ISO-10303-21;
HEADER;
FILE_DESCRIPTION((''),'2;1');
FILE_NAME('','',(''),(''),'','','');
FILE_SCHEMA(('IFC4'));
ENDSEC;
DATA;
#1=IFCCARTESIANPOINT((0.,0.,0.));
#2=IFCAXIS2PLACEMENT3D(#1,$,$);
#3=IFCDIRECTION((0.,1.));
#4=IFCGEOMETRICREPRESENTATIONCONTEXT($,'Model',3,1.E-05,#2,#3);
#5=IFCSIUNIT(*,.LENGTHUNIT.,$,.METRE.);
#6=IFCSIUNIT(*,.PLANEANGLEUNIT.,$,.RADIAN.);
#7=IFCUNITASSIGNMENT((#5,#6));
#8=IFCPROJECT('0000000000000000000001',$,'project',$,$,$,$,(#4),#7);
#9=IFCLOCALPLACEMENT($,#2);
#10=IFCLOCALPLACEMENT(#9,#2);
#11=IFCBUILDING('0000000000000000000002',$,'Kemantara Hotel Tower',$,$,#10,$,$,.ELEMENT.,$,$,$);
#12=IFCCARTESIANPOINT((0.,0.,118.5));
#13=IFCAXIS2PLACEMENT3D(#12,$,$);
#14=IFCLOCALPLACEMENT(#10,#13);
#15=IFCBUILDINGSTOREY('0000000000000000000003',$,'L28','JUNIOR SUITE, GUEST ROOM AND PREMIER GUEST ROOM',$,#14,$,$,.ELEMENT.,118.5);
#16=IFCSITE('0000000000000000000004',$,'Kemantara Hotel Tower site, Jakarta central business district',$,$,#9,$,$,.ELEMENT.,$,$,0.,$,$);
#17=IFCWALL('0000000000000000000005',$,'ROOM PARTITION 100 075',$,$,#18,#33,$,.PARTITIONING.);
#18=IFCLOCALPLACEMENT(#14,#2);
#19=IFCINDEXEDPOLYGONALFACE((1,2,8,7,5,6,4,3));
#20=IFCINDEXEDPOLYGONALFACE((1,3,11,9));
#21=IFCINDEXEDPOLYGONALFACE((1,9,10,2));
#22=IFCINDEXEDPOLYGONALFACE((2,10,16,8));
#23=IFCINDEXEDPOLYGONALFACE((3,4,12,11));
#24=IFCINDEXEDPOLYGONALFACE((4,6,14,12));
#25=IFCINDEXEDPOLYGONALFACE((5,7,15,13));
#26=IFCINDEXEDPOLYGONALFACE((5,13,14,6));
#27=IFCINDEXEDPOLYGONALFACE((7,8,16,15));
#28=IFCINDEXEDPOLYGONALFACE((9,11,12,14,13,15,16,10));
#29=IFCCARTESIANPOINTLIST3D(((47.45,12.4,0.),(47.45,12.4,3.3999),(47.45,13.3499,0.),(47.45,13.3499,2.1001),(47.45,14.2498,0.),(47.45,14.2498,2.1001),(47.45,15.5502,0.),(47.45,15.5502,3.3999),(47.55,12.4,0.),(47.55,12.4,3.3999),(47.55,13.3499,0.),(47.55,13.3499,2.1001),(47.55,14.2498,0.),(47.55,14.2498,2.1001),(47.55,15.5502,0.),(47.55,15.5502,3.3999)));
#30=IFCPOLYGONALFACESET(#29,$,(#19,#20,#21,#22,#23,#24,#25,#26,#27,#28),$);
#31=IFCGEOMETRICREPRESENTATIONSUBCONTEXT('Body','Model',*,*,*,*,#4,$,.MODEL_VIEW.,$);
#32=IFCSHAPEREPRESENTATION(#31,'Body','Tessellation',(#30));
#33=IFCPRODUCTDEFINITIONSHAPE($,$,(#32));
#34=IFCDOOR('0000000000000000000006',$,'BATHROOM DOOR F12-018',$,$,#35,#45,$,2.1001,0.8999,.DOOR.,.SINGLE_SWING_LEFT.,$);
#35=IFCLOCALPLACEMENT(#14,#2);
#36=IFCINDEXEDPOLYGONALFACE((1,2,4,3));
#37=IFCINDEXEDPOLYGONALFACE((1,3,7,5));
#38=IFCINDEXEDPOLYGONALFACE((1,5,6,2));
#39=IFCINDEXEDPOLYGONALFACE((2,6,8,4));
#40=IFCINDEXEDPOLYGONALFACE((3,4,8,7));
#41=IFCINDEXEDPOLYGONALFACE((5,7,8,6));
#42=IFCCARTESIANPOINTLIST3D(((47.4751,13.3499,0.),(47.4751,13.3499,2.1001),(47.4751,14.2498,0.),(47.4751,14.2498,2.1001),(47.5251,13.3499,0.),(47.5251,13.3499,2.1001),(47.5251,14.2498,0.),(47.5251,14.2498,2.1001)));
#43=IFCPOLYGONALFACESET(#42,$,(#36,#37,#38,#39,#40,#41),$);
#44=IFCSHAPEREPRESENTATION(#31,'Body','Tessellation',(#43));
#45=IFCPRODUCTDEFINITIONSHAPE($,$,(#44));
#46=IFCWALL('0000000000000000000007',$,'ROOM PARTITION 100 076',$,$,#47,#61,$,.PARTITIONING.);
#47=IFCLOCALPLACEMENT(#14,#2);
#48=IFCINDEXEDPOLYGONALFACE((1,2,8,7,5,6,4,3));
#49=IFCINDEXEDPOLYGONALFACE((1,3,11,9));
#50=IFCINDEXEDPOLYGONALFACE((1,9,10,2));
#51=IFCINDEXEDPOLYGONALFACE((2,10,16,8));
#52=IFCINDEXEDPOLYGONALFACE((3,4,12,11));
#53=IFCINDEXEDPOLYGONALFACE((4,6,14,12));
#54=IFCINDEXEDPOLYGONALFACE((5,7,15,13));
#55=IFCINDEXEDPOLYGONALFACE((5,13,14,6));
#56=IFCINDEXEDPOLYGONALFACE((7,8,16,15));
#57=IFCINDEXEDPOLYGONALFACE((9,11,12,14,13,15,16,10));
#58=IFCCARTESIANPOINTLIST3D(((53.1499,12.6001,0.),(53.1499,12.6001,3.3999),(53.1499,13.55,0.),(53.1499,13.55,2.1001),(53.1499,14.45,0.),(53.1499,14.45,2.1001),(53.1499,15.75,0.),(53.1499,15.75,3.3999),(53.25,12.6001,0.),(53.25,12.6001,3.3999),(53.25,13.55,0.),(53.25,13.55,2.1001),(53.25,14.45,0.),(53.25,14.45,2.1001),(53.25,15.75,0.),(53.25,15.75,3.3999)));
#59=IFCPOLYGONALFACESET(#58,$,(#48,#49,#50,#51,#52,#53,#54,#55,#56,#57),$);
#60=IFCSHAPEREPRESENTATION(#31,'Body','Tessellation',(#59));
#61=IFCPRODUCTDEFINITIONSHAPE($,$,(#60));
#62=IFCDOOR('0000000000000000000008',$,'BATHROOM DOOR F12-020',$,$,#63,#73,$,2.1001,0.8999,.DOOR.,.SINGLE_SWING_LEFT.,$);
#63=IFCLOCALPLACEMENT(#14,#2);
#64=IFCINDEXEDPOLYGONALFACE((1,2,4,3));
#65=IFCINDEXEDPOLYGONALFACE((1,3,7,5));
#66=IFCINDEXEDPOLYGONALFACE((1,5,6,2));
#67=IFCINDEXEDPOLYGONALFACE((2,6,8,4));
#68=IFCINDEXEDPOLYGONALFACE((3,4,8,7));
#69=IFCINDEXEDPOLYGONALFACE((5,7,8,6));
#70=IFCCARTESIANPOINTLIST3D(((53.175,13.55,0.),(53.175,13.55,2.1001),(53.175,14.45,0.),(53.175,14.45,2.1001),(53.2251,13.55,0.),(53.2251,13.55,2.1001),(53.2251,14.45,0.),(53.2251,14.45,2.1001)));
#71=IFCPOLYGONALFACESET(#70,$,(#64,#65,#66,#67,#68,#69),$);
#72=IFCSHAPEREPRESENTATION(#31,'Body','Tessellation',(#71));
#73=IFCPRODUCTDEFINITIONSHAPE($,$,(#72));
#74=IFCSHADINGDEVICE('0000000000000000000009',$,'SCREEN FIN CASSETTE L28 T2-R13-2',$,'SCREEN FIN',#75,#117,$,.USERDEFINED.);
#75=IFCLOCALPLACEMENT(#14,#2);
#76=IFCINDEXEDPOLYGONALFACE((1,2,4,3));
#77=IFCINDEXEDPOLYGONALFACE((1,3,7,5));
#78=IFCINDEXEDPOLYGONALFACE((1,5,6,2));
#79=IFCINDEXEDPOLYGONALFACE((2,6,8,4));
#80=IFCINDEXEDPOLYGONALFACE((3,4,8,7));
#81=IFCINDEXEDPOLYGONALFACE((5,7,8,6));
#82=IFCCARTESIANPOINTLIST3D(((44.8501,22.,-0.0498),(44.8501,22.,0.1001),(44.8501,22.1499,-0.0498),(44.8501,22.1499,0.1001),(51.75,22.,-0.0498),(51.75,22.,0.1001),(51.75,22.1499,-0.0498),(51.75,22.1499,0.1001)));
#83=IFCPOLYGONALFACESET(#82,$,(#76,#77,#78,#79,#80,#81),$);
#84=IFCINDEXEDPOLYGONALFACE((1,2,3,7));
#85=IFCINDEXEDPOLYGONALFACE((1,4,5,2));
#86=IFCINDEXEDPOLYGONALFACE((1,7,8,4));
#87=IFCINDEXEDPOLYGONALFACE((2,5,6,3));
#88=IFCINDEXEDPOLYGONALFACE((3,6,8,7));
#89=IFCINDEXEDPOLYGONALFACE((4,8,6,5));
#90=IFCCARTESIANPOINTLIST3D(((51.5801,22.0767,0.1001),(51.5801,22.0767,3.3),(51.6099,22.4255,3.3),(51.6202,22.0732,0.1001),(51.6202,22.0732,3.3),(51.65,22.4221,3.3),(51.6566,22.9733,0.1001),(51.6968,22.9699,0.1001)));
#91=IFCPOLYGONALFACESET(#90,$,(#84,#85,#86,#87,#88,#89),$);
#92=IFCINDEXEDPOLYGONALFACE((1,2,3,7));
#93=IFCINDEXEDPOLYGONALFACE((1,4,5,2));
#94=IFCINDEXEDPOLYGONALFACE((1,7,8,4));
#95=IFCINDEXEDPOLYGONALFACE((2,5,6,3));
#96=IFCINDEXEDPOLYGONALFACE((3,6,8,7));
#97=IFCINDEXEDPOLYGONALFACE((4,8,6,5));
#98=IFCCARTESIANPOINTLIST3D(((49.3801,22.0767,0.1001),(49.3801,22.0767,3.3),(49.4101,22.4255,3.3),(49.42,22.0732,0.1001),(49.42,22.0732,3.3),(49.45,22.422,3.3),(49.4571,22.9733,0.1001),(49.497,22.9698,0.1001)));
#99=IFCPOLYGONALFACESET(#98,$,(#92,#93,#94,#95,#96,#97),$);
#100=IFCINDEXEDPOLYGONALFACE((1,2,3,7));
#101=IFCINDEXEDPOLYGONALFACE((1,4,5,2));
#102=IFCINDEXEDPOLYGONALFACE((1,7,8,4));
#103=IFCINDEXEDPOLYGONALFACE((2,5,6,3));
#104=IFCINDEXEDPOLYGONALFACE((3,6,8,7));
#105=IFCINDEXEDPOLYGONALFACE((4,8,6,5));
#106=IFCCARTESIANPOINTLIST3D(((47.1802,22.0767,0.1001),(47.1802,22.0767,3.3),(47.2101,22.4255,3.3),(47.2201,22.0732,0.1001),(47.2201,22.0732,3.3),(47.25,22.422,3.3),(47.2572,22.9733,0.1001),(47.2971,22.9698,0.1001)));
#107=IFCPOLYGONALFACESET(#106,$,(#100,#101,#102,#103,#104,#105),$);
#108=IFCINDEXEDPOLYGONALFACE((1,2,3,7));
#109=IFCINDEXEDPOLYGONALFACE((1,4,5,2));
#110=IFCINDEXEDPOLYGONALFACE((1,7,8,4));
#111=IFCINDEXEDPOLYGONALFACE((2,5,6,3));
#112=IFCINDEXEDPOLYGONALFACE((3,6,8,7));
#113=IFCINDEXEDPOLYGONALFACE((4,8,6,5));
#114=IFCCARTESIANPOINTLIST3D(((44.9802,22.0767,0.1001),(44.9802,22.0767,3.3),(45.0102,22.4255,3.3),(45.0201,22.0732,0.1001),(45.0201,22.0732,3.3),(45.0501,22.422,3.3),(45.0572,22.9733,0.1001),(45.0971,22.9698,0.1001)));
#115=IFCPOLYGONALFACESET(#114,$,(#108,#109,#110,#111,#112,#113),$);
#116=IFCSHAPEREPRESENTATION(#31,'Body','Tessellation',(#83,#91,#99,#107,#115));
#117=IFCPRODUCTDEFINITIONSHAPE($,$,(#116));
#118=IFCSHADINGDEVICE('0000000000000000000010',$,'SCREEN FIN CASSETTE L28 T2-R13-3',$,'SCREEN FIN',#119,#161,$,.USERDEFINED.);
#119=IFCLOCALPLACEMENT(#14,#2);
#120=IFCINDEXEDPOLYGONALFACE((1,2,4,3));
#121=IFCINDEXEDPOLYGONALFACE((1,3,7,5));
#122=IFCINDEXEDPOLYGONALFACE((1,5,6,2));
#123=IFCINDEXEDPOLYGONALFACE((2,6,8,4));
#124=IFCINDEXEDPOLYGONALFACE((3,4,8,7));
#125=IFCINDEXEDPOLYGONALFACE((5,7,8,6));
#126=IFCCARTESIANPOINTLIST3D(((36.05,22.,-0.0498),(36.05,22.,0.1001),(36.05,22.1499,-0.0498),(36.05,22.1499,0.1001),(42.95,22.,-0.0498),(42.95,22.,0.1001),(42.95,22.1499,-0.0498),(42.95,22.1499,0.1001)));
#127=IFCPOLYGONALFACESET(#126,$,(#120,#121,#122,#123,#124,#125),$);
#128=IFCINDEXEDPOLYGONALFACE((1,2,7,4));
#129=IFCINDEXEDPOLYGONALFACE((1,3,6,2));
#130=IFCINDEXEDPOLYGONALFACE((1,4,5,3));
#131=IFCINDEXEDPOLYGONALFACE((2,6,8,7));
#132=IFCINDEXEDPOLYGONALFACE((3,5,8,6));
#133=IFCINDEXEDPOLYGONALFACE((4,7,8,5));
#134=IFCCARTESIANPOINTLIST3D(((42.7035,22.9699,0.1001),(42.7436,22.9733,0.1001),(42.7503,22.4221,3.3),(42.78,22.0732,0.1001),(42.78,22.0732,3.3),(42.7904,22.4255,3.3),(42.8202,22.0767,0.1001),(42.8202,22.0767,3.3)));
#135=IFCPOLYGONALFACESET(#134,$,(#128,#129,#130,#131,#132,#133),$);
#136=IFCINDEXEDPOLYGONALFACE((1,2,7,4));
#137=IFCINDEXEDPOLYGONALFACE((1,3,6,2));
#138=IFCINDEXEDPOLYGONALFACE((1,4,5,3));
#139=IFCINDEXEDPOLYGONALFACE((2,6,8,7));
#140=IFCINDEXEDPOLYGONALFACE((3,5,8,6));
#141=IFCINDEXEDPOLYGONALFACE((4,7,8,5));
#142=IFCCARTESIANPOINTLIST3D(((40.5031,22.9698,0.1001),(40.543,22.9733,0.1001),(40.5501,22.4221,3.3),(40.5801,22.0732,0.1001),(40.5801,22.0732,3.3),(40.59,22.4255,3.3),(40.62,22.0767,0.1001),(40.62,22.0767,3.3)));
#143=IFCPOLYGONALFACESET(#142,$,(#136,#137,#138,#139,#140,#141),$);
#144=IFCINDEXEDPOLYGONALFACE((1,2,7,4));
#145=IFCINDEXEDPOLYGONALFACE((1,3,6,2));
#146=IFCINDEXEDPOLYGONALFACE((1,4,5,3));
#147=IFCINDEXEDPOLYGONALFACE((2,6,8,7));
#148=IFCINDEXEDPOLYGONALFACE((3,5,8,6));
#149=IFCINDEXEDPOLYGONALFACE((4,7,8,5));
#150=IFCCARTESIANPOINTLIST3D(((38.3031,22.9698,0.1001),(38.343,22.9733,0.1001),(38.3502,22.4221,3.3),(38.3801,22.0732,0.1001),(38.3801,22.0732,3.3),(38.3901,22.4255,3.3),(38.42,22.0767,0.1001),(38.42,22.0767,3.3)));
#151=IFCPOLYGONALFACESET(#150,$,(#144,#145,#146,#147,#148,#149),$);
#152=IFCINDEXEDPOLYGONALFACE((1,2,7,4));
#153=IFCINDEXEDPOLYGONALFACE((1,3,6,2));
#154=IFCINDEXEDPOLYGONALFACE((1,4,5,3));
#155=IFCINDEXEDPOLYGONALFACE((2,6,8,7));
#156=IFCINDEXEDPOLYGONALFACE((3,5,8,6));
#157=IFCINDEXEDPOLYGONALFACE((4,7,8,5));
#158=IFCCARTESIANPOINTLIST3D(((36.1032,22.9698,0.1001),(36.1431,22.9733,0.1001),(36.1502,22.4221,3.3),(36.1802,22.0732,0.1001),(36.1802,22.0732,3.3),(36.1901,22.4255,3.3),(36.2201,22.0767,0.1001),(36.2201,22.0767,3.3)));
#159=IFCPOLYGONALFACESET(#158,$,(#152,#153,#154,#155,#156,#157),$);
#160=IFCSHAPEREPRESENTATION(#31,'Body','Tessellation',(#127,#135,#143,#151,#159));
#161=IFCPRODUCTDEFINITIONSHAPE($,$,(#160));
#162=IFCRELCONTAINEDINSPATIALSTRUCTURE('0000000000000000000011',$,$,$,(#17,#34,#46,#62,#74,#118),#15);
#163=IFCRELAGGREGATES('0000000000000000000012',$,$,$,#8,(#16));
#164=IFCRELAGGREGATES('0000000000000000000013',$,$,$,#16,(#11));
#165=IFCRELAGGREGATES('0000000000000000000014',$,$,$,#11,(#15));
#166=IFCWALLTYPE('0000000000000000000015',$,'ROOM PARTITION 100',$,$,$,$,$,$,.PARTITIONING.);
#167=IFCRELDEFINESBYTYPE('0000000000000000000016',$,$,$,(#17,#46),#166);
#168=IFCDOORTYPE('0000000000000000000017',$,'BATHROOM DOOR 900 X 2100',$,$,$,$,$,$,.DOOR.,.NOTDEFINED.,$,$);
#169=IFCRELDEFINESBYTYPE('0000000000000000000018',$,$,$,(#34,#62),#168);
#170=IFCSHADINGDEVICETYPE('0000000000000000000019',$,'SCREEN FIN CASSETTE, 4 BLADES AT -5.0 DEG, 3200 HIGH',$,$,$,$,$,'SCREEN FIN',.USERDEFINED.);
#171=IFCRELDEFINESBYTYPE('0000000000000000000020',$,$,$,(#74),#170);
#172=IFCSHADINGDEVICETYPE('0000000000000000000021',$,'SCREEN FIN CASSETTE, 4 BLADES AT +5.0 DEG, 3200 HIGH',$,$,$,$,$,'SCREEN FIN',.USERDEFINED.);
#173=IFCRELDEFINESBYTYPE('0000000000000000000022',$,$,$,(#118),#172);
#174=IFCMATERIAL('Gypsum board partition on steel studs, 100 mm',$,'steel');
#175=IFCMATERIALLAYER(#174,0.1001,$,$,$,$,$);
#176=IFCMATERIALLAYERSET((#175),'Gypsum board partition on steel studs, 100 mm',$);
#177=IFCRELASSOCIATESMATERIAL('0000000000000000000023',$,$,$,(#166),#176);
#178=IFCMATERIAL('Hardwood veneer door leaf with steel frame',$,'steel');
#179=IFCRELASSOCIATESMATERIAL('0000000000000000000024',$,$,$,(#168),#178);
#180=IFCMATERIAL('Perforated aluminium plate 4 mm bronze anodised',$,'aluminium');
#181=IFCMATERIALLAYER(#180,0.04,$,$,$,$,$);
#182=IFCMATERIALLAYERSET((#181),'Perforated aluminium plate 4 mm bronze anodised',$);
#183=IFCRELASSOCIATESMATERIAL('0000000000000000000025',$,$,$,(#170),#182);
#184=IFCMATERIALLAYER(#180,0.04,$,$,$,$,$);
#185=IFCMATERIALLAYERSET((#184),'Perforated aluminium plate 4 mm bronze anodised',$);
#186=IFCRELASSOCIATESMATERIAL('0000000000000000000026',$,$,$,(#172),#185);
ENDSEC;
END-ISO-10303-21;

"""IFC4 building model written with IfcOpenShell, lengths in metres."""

from ifc_helpers import new_model, si_unit, direction, frame, frame_2d, origin, origin_2d, place, context, subcontext, project, spatial, polyline, rectangle, outline, extrude, source, transform, mapped, material, layer, layer_set, type_object, element, fill, save


model = new_model("IFC4")

# Units and contexts
model_context = context("Model", 3, precision=1e-05, world=origin(), true_north=direction((0.0, 1.0)))
body_context = subcontext(model_context, "Body", "Model", "MODEL_VIEW")
ifc_project = project(units=[si_unit("LENGTHUNIT", "METRE"), si_unit("PLANEANGLEUNIT", "RADIAN")], contexts=[model_context])

# Site, building, storey
site_placement = place(None, origin())
site = spatial("IfcSite", under=ifc_project, at=site_placement, Name="Kemantara Hotel Tower site, Jakarta central business district", CompositionType="ELEMENT", RefElevation=0.0)
building_placement = place(site_placement, origin())
building = spatial("IfcBuilding", under=site, at=building_placement, Name="Kemantara Hotel Tower", CompositionType="ELEMENT")
storey_placement = place(building_placement, frame((0.0, 0.0, 118.5)))
storey = spatial("IfcBuildingStorey", under=building, at=storey_placement, Name="L28", Description="JUNIOR SUITE, GUEST ROOM AND PREMIER GUEST ROOM", CompositionType="ELEMENT", Elevation=118.5)

# Shared definitions
ifc_material_1 = material(Name="Hardwood veneer door leaf with steel frame", Category="steel")

# Shared definitions
ifc_material_2 = material(Name="Gypsum board partition on steel studs, 100 mm", Category="steel")
ifc_layer_1 = layer(ifc_material_2, 0.1001)
ifc_layer_set_1 = layer_set([ifc_layer_1], Name="Gypsum board partition on steel studs, 100 mm")
wall_type_1 = type_object("IfcWallType", Name="ROOM PARTITION 100", PredefinedType="PARTITIONING", material=ifc_layer_set_1)

# Walls, openings, doors
door_type_1 = type_object("IfcDoorType", Name="BATHROOM DOOR 900 X 2100", OperationType="NOTDEFINED", PredefinedType="DOOR", material=ifc_material_1)
wall_1_placement = place(storey_placement, frame((47.5, 12.3999, 0.0), z_axis=(0.0, 0.0, 1.0), x_axis=(0.0, 1.0, 0.0)))
wall_1 = element("IfcWall", 1, at=wall_1_placement, inside=storey, type_object=wall_type_1, Name="ROOM PARTITION 100 075", PredefinedType="PARTITIONING", context=body_context, shape_type="SweptSolid", body=[
    extrude(rectangle(XDim=3.1501, YDim=0.1001, at=frame_2d((1.5752, 0.0))), origin(), (0.0, 0.0, 1.0), 3.3999),
])
opening_1_placement = place(wall_1_placement, frame((0.95, 0.0, 0.0)))
opening_1 = element("IfcOpeningElement", 2, at=opening_1_placement, cuts=wall_1, PredefinedType="OPENING", context=body_context, shape_type="SweptSolid", body=[
    extrude(rectangle(XDim=0.8999, YDim=2.1001, at=frame_2d((0.45, 1.05))), frame((0.0, 0.0601, 0.0), z_axis=(0.0, -1.0, 0.0), x_axis=(1.0, 0.0, 0.0)), (0.0, 0.0, 1.0), 0.1201),
])
door_1_placement = place(opening_1_placement, origin())
door_1 = element("IfcDoor", 3, at=door_1_placement, inside=storey, type_object=door_type_1, Name="BATHROOM DOOR F12-018", OperationType="SINGLE_SWING_LEFT", OverallHeight=2.1001, OverallWidth=0.8999, PredefinedType="DOOR", context=body_context, shape_type="SweptSolid", body=[
    extrude(rectangle(XDim=0.8999, YDim=2.1001, at=frame_2d((0.45, 1.05))), frame((0.0, 0.0249, 0.0), z_axis=(0.0, -1.0, 0.0), x_axis=(1.0, 0.0, 0.0)), (0.0, 0.0, 1.0), 0.05),
])
fill(opening_1, door_1)
wall_2_placement = place(storey_placement, frame((53.2, 12.6001, 0.0), z_axis=(0.0, 0.0, 1.0), x_axis=(0.0, 1.0, 0.0)))
wall_2 = element("IfcWall", 4, at=wall_2_placement, inside=storey, type_object=wall_type_1, Name="ROOM PARTITION 100 076", PredefinedType="PARTITIONING", context=body_context, shape_type="SweptSolid", body=[
    extrude(rectangle(XDim=3.1499, YDim=0.1001, at=frame_2d((1.575, 0.0))), origin(), (0.0, 0.0, 1.0), 3.3999),
])
opening_2_placement = place(wall_2_placement, frame((0.95, 0.0, 0.0)))
opening_2 = element("IfcOpeningElement", 5, at=opening_2_placement, cuts=wall_2, PredefinedType="OPENING", context=body_context, shape_type="SweptSolid", body=[
    extrude(rectangle(XDim=0.8999, YDim=2.1001, at=frame_2d((0.45, 1.05))), frame((0.0, 0.0601, 0.0), z_axis=(0.0, -1.0, 0.0), x_axis=(1.0, 0.0, 0.0)), (0.0, 0.0, 1.0), 0.1201),
])
door_2_placement = place(opening_2_placement, origin())
door_2 = element("IfcDoor", 6, at=door_2_placement, inside=storey, type_object=door_type_1, Name="BATHROOM DOOR F12-020", OperationType="SINGLE_SWING_LEFT", OverallHeight=2.1001, OverallWidth=0.8999, PredefinedType="DOOR", context=body_context, shape_type="SweptSolid", body=[
    extrude(rectangle(XDim=0.8999, YDim=2.1001, at=frame_2d((0.45, 1.05))), frame((0.0, 0.0249, 0.0), z_axis=(0.0, -1.0, 0.0), x_axis=(1.0, 0.0, 0.0)), (0.0, 0.0, 1.0), 0.05),
])
fill(opening_2, door_2)

# Shading devices
ifc_material_3 = material(Name="Perforated aluminium plate 4 mm bronze anodised", Category="aluminium")
ifc_layer_2 = layer(ifc_material_3, 0.04)
ifc_layer_set_2 = layer_set([ifc_layer_2], Name="Perforated aluminium plate 4 mm bronze anodised")
shading_device_type_1 = type_object("IfcShadingDeviceType", Name="SCREEN FIN CASSETTE, 4 BLADES AT -5.0 DEG, 3200 HIGH", ElementType="SCREEN FIN", PredefinedType="USERDEFINED", material=ifc_layer_set_2)
shared_shape_1 = source(origin(), body_context, "Body", "SweptSolid", [
    extrude(rectangle(XDim=6.8999, YDim=0.1499, at=origin_2d()), frame((3.3, -0.075, -0.1499), z_axis=(0.0, 0.0, 1.0), x_axis=(1.0, 0.0, 0.0)), (0.0, 0.0, 1.0), 0.1499),
    extrude(outline(polyline([(0.0, 0.0), (0.8999, 0.0), (0.3501, 3.2), (0.0, 3.2), (0.0, 0.0)])), frame((0.02, -0.0767, 0.0), z_axis=(-0.996376, 0.085056, 0.0), x_axis=(-0.085056, -0.996376, 0.0)), (0.0, 0.0, 1.0), 0.0403),
    extrude(outline(polyline([(0.0, 0.0), (0.8999, 0.0), (0.3501, 3.2), (0.0, 3.2), (0.0, 0.0)])), frame((2.22, -0.0767, 0.0), z_axis=(-0.996332, 0.085575, 0.0), x_axis=(-0.085575, -0.996332, 0.0)), (0.0, 0.0, 1.0), 0.04),
    extrude(outline(polyline([(0.0, 0.0), (0.8999, 0.0), (0.3501, 3.2), (0.0, 3.2), (0.0, 0.0)])), frame((4.4199, -0.0767, 0.0), z_axis=(-0.996332, 0.085575, 0.0), x_axis=(-0.085575, -0.996332, 0.0)), (0.0, 0.0, 1.0), 0.04),
    extrude(outline(polyline([(0.0, 0.0), (0.8999, 0.0), (0.3501, 3.2), (0.0, 3.2), (0.0, 0.0)])), frame((6.6199, -0.0767, 0.0), z_axis=(-0.996332, 0.085575, 0.0), x_axis=(-0.085575, -0.996332, 0.0)), (0.0, 0.0, 1.0), 0.04),
])
shading_device_1_placement = place(storey_placement, frame((51.6001, 22.0, 0.1001), z_axis=(0.0, 0.0, 1.0), x_axis=(-1.0, 0.0, 0.0)))
element("IfcShadingDevice", 7, at=shading_device_1_placement, inside=storey, type_object=shading_device_type_1, Name="SCREEN FIN CASSETTE L28 T2-R13-2", ObjectType="SCREEN FIN", PredefinedType="USERDEFINED", context=body_context, shape_type="MappedRepresentation", body=[
    mapped(shared_shape_1, transform((0.0, 0.0, 0.0))),
])
ifc_layer_3 = layer(ifc_material_3, 0.04)
ifc_layer_set_3 = layer_set([ifc_layer_3], Name="Perforated aluminium plate 4 mm bronze anodised")
shading_device_type_2 = type_object("IfcShadingDeviceType", Name="SCREEN FIN CASSETTE, 4 BLADES AT +5.0 DEG, 3200 HIGH", ElementType="SCREEN FIN", PredefinedType="USERDEFINED", material=ifc_layer_set_3)
shared_shape_2 = source(origin(), body_context, "Body", "SweptSolid", [
    extrude(rectangle(XDim=6.8999, YDim=0.1499, at=origin_2d()), frame((3.3, -0.075, -0.1499), z_axis=(0.0, 0.0, 1.0), x_axis=(1.0, 0.0, 0.0)), (0.0, 0.0, 1.0), 0.1499),
    extrude(outline(polyline([(0.0, 0.0), (0.8999, 0.0), (0.3501, 3.2), (0.0, 3.2), (0.0, 0.0)])), frame((0.02, -0.0732, 0.0), z_axis=(-0.996376, -0.085056, 0.0), x_axis=(0.085056, -0.996376, 0.0)), (0.0, 0.0, 1.0), 0.0403),
    extrude(outline(polyline([(0.0, 0.0), (0.8999, 0.0), (0.3501, 3.2), (0.0, 3.2), (0.0, 0.0)])), frame((2.22, -0.0732, 0.0), z_axis=(-0.996332, -0.085575, 0.0), x_axis=(0.085575, -0.996332, 0.0)), (0.0, 0.0, 1.0), 0.04),
    extrude(outline(polyline([(0.0, 0.0), (0.8999, 0.0), (0.3501, 3.2), (0.0, 3.2), (0.0, 0.0)])), frame((4.4199, -0.0732, 0.0), z_axis=(-0.996332, -0.085575, 0.0), x_axis=(0.085575, -0.996332, 0.0)), (0.0, 0.0, 1.0), 0.04),
    extrude(outline(polyline([(0.0, 0.0), (0.8999, 0.0), (0.3501, 3.2), (0.0, 3.2), (0.0, 0.0)])), frame((6.6199, -0.0732, 0.0), z_axis=(-0.996332, -0.085575, 0.0), x_axis=(0.085575, -0.996332, 0.0)), (0.0, 0.0, 1.0), 0.04),
])
shading_device_2_placement = place(storey_placement, frame((42.8, 22.0, 0.1001), z_axis=(0.0, 0.0, 1.0), x_axis=(-1.0, 0.0, 0.0)))
element("IfcShadingDevice", 8, at=shading_device_2_placement, inside=storey, type_object=shading_device_type_2, Name="SCREEN FIN CASSETTE L28 T2-R13-3", ObjectType="SCREEN FIN", PredefinedType="USERDEFINED", context=body_context, shape_type="MappedRepresentation", body=[
    mapped(shared_shape_2, transform((0.0, 0.0, 0.0))),
])

save(model, "model.ifc")
